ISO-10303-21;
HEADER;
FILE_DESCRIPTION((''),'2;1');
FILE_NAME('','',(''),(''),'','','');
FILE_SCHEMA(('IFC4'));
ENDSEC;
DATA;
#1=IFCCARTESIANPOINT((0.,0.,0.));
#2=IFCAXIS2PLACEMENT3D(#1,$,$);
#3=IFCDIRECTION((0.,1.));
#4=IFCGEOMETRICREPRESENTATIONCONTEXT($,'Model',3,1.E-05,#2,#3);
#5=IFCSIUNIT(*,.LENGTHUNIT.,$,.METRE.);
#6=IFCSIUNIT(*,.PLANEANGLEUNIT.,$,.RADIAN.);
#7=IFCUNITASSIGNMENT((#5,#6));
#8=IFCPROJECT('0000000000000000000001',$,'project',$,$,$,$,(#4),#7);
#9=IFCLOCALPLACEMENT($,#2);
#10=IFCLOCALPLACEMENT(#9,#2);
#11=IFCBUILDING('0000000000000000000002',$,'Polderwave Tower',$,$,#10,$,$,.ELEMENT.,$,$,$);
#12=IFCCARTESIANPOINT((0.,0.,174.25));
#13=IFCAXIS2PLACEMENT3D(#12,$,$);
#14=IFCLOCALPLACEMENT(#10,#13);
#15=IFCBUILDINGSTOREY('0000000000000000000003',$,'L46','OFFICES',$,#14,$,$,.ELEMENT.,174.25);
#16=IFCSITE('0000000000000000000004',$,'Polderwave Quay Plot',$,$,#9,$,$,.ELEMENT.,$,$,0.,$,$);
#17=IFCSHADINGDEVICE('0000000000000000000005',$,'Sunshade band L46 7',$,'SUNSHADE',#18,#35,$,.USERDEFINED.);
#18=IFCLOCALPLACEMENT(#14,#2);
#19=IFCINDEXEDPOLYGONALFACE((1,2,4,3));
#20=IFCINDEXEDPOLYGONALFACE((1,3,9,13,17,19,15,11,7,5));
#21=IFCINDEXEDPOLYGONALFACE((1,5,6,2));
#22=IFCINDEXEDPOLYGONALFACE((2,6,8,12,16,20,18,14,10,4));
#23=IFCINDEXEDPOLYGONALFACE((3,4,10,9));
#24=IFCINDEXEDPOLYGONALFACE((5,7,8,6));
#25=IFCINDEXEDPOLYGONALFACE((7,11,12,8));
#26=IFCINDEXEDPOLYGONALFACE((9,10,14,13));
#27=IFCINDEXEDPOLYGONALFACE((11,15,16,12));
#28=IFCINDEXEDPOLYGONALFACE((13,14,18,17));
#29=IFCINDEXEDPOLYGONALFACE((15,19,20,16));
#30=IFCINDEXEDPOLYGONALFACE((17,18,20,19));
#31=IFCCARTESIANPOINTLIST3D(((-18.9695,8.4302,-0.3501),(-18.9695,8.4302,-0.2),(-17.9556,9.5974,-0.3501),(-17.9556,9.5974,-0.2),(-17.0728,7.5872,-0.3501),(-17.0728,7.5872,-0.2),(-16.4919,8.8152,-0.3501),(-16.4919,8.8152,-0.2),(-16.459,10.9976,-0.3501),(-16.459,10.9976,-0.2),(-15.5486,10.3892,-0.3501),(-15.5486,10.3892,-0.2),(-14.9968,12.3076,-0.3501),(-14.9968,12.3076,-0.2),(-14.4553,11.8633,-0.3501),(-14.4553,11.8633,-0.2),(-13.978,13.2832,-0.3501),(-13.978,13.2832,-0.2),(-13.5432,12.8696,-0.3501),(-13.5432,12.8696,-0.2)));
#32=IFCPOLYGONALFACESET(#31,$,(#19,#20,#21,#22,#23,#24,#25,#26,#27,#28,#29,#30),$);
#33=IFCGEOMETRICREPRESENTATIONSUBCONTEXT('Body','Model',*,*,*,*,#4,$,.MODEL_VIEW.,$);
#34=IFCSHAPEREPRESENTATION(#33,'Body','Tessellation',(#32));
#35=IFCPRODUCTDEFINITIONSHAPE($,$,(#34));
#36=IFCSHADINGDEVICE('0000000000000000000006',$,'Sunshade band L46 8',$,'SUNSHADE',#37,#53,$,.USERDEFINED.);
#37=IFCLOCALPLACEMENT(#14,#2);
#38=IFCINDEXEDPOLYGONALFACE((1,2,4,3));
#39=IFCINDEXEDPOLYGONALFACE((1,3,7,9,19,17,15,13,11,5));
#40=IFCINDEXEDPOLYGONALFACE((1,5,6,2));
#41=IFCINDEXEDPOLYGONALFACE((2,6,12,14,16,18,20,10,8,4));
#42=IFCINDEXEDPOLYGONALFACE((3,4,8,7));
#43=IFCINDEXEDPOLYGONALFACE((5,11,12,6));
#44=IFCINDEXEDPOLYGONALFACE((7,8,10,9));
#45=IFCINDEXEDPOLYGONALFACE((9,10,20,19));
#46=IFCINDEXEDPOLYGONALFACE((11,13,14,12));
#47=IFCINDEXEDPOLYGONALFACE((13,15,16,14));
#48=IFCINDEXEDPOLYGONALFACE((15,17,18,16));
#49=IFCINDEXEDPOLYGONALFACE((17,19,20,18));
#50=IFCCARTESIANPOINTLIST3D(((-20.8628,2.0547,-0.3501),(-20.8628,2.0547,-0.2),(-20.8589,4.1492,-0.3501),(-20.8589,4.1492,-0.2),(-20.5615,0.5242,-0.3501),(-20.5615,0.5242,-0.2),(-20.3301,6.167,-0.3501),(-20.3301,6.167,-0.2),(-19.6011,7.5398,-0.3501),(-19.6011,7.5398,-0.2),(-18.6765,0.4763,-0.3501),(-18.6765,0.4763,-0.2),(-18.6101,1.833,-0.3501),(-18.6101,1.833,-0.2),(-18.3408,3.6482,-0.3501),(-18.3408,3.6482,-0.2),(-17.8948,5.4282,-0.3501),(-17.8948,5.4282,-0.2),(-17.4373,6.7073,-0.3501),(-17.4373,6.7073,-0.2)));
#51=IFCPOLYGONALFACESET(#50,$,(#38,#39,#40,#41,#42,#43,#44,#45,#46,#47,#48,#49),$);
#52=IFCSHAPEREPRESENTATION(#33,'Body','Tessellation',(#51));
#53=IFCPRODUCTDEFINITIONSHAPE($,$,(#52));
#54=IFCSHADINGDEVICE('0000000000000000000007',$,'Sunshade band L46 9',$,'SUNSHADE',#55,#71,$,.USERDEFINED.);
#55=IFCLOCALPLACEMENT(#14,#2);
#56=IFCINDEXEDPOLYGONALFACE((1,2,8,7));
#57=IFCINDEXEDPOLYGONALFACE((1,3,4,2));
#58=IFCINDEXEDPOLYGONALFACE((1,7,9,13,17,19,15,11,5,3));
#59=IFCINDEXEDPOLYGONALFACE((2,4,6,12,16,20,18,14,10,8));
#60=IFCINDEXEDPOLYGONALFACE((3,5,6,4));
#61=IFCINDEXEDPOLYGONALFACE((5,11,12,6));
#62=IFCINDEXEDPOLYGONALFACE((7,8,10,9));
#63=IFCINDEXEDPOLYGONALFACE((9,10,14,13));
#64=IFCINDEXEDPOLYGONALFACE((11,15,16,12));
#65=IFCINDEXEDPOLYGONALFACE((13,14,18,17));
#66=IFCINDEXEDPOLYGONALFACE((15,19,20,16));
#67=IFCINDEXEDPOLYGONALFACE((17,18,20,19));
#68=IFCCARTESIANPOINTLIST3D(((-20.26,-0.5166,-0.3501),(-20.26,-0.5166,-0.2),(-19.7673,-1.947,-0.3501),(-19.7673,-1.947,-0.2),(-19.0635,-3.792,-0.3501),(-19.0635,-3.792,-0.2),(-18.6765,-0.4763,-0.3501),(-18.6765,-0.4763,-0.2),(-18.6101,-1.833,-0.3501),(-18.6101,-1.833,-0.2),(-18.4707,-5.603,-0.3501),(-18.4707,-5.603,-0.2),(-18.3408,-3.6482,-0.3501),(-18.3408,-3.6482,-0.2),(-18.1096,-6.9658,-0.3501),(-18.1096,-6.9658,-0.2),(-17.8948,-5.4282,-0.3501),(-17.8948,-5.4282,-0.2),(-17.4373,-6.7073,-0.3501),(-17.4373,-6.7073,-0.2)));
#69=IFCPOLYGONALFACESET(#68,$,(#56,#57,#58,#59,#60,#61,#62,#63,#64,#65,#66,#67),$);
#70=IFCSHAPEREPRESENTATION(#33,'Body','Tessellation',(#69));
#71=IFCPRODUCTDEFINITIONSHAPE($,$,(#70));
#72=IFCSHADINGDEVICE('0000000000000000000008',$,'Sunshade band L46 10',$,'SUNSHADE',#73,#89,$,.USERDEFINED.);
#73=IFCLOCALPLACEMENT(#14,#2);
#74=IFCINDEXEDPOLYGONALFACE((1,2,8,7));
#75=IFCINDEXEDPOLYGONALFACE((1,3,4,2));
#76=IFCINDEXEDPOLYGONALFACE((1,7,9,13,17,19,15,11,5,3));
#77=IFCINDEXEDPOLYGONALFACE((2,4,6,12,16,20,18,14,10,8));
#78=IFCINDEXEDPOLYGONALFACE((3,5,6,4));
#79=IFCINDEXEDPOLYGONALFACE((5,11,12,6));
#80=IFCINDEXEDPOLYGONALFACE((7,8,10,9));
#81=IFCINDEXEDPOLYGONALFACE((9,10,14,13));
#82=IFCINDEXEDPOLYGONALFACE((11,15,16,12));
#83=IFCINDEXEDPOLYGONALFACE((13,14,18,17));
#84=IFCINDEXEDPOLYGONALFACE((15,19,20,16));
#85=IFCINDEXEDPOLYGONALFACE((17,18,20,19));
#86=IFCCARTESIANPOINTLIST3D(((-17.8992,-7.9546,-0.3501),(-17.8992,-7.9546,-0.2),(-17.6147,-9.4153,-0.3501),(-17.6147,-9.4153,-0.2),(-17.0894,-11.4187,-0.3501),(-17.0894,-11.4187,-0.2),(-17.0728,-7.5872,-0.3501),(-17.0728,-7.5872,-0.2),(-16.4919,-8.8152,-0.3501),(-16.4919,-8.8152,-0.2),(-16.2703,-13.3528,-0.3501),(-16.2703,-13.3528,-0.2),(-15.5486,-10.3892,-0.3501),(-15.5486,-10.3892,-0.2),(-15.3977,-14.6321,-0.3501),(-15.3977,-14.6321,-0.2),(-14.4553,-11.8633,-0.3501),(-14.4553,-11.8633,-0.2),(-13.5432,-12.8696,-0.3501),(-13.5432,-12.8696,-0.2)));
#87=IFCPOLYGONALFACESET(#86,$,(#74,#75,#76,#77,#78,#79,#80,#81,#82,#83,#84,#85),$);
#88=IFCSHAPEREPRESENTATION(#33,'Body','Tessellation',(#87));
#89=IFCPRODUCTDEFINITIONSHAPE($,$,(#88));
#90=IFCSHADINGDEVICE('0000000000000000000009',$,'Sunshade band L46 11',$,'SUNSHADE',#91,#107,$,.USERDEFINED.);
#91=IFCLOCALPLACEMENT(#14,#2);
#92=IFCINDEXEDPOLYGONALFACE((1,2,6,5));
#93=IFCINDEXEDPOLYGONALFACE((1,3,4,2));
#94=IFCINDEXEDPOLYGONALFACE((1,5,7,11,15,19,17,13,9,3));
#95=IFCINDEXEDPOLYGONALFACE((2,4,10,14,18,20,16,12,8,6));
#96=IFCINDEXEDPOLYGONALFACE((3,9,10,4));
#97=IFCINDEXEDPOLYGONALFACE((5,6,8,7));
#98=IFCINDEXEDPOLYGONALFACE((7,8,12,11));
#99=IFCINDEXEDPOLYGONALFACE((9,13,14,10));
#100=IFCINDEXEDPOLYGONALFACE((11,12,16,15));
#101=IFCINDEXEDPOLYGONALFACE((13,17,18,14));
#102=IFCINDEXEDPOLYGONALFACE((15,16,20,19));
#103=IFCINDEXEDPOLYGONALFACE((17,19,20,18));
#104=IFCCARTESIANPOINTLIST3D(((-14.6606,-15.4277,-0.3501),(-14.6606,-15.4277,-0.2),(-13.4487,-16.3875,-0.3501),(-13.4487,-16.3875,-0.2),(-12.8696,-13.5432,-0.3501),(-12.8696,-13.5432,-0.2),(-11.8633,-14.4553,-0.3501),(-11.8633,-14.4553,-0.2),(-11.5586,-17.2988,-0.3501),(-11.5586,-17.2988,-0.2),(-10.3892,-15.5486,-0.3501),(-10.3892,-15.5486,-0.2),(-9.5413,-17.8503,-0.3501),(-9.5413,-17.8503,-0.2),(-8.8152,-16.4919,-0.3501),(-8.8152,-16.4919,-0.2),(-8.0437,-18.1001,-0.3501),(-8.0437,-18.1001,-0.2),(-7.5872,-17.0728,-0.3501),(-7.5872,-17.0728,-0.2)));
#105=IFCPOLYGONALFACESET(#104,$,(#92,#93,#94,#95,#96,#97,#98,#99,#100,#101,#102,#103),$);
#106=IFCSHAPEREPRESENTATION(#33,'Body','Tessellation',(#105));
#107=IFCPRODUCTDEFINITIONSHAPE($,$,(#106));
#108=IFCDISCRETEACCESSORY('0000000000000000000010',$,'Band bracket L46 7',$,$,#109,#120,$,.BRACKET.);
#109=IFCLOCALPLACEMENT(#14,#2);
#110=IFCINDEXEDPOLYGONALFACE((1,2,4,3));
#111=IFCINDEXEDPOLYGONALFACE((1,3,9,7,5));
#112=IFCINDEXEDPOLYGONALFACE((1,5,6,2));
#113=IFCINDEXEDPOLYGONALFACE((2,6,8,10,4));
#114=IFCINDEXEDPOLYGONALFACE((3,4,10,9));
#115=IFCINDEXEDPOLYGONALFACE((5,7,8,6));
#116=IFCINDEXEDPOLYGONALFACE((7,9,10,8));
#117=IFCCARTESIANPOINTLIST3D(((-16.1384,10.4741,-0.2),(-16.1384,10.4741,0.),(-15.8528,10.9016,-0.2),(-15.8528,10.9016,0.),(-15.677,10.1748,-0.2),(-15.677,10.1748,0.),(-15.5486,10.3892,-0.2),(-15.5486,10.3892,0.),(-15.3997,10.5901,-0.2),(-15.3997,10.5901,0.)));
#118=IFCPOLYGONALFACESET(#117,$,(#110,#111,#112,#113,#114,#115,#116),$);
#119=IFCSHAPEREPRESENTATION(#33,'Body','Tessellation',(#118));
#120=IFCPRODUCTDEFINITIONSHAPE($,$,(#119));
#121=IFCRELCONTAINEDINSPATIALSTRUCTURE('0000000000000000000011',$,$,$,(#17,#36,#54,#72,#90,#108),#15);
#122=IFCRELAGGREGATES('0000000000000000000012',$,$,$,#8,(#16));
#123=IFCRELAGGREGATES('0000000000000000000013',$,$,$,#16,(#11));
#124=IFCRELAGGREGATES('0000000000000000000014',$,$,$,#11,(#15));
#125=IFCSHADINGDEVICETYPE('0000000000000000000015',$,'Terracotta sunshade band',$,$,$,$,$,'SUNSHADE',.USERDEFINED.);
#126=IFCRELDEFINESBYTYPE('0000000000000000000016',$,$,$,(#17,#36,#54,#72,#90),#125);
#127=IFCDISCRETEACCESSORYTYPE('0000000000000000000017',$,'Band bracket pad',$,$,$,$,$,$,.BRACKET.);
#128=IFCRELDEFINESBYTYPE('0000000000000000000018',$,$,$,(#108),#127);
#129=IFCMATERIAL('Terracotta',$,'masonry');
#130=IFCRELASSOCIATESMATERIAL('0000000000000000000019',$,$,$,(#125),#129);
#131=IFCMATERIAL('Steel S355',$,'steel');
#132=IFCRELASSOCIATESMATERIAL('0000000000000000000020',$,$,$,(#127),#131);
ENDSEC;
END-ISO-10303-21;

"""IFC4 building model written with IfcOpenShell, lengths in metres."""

from ifc_helpers import new_model, si_unit, direction, frame, origin, place, context, subcontext, project, spatial, polyline, outline, extrude, material, type_object, element, save


model = new_model("IFC4")

# Units and contexts
model_context = context("Model", 3, precision=1e-05, world=origin(), true_north=direction((0.0, 1.0)))
body_context = subcontext(model_context, "Body", "Model", "MODEL_VIEW")
ifc_project = project(units=[si_unit("LENGTHUNIT", "METRE"), si_unit("PLANEANGLEUNIT", "RADIAN")], contexts=[model_context])

# Site, building, storey
site_placement = place(None, origin())
site = spatial("IfcSite", under=ifc_project, at=site_placement, Name="Polderwave Quay Plot", CompositionType="ELEMENT", RefElevation=0.0)
building_placement = place(site_placement, origin())
building = spatial("IfcBuilding", under=site, at=building_placement, Name="Polderwave Tower", CompositionType="ELEMENT")
storey_placement = place(building_placement, frame((0.0, 0.0, 174.25)))
storey = spatial("IfcBuildingStorey", under=building, at=storey_placement, Name="L46", Description="OFFICES", CompositionType="ELEMENT", Elevation=174.25)

# Shading devices
ifc_material_1 = material(Name="Terracotta", Category="masonry")
shading_device_type = type_object("IfcShadingDeviceType", Name="Terracotta sunshade band", ElementType="SUNSHADE", PredefinedType="USERDEFINED", material=ifc_material_1)
shading_device_1_placement = place(storey_placement, frame((0.0, 0.0, -0.3501)))
element("IfcShadingDevice", 1, at=shading_device_1_placement, inside=storey, type_object=shading_device_type, Name="Sunshade band L46 7", ObjectType="SUNSHADE", PredefinedType="USERDEFINED", context=body_context, shape_type="SweptSolid", body=[
    extrude(outline(polyline([(-13.5432, 12.8696), (-14.4553, 11.8633), (-15.5486, 10.3892), (-16.4919, 8.8152), (-17.0728, 7.5872), (-18.9695, 8.4302), (-17.9556, 9.5974), (-16.459, 10.9976), (-14.9968, 12.3076), (-13.978, 13.2832), (-13.5432, 12.8696)])), origin(), (0.0, 0.0, 1.0), 0.1501),
])
shading_device_2_placement = place(storey_placement, frame((0.0, 0.0, -0.3501)))
element("IfcShadingDevice", 2, at=shading_device_2_placement, inside=storey, type_object=shading_device_type, Name="Sunshade band L46 8", ObjectType="SUNSHADE", PredefinedType="USERDEFINED", context=body_context, shape_type="SweptSolid", body=[
    extrude(outline(polyline([(-17.4373, 6.7073), (-17.8948, 5.4282), (-18.3408, 3.6482), (-18.6101, 1.833), (-18.6765, 0.4763), (-20.5615, 0.5242), (-20.8628, 2.0547), (-20.8589, 4.1492), (-20.3301, 6.167), (-19.6011, 7.5398), (-17.4373, 6.7073)])), origin(), (0.0, 0.0, 1.0), 0.1501),
])
shading_device_3_placement = place(storey_placement, frame((0.0, 0.0, -0.3501)))
element("IfcShadingDevice", 3, at=shading_device_3_placement, inside=storey, type_object=shading_device_type, Name="Sunshade band L46 9", ObjectType="SUNSHADE", PredefinedType="USERDEFINED", context=body_context, shape_type="SweptSolid", body=[
    extrude(outline(polyline([(-18.6765, -0.4763), (-18.6101, -1.833), (-18.3408, -3.6482), (-17.8948, -5.4282), (-17.4373, -6.7073), (-18.1096, -6.9658), (-18.4707, -5.603), (-19.0635, -3.792), (-19.7673, -1.947), (-20.26, -0.5166), (-18.6765, -0.4763)])), origin(), (0.0, 0.0, 1.0), 0.1501),
])
shading_device_4_placement = place(storey_placement, frame((0.0, 0.0, -0.3501)))
element("IfcShadingDevice", 4, at=shading_device_4_placement, inside=storey, type_object=shading_device_type, Name="Sunshade band L46 10", ObjectType="SUNSHADE", PredefinedType="USERDEFINED", context=body_context, shape_type="SweptSolid", body=[
    extrude(outline(polyline([(-17.0728, -7.5872), (-16.4919, -8.8152), (-15.5486, -10.3892), (-14.4553, -11.8633), (-13.5432, -12.8696), (-15.3977, -14.6321), (-16.2703, -13.3528), (-17.0894, -11.4187), (-17.6147, -9.4153), (-17.8992, -7.9546), (-17.0728, -7.5872)])), origin(), (0.0, 0.0, 1.0), 0.1501),
])
shading_device_5_placement = place(storey_placement, frame((0.0, 0.0, -0.3501)))
element("IfcShadingDevice", 5, at=shading_device_5_placement, inside=storey, type_object=shading_device_type, Name="Sunshade band L46 11", ObjectType="SUNSHADE", PredefinedType="USERDEFINED", context=body_context, shape_type="SweptSolid", body=[
    extrude(outline(polyline([(-12.8696, -13.5432), (-11.8633, -14.4553), (-10.3892, -15.5486), (-8.8152, -16.4919), (-7.5872, -17.0728), (-8.0437, -18.1001), (-9.5413, -17.8503), (-11.5586, -17.2988), (-13.4487, -16.3875), (-14.6606, -15.4277), (-12.8696, -13.5432)])), origin(), (0.0, 0.0, 1.0), 0.1501),
])

# Discrete accessory
ifc_material_2 = material(Name="Steel S355", Category="steel")
discrete_accessory_type = type_object("IfcDiscreteAccessoryType", Name="Band bracket pad", PredefinedType="BRACKET", material=ifc_material_2)
discrete_accessory_placement = place(storey_placement, frame((0.0, 0.0, -0.2)))
element("IfcDiscreteAccessory", 6, at=discrete_accessory_placement, inside=storey, type_object=discrete_accessory_type, Name="Band bracket L46 7", PredefinedType="BRACKET", context=body_context, shape_type="SweptSolid", body=[
    extrude(outline(polyline([(-15.3997, 10.5901), (-15.5486, 10.3892), (-15.677, 10.1748), (-16.1384, 10.4741), (-15.8528, 10.9016), (-15.3997, 10.5901)])), origin(), (0.0, 0.0, 1.0), 0.2),
])

save(model, "model.ifc")
